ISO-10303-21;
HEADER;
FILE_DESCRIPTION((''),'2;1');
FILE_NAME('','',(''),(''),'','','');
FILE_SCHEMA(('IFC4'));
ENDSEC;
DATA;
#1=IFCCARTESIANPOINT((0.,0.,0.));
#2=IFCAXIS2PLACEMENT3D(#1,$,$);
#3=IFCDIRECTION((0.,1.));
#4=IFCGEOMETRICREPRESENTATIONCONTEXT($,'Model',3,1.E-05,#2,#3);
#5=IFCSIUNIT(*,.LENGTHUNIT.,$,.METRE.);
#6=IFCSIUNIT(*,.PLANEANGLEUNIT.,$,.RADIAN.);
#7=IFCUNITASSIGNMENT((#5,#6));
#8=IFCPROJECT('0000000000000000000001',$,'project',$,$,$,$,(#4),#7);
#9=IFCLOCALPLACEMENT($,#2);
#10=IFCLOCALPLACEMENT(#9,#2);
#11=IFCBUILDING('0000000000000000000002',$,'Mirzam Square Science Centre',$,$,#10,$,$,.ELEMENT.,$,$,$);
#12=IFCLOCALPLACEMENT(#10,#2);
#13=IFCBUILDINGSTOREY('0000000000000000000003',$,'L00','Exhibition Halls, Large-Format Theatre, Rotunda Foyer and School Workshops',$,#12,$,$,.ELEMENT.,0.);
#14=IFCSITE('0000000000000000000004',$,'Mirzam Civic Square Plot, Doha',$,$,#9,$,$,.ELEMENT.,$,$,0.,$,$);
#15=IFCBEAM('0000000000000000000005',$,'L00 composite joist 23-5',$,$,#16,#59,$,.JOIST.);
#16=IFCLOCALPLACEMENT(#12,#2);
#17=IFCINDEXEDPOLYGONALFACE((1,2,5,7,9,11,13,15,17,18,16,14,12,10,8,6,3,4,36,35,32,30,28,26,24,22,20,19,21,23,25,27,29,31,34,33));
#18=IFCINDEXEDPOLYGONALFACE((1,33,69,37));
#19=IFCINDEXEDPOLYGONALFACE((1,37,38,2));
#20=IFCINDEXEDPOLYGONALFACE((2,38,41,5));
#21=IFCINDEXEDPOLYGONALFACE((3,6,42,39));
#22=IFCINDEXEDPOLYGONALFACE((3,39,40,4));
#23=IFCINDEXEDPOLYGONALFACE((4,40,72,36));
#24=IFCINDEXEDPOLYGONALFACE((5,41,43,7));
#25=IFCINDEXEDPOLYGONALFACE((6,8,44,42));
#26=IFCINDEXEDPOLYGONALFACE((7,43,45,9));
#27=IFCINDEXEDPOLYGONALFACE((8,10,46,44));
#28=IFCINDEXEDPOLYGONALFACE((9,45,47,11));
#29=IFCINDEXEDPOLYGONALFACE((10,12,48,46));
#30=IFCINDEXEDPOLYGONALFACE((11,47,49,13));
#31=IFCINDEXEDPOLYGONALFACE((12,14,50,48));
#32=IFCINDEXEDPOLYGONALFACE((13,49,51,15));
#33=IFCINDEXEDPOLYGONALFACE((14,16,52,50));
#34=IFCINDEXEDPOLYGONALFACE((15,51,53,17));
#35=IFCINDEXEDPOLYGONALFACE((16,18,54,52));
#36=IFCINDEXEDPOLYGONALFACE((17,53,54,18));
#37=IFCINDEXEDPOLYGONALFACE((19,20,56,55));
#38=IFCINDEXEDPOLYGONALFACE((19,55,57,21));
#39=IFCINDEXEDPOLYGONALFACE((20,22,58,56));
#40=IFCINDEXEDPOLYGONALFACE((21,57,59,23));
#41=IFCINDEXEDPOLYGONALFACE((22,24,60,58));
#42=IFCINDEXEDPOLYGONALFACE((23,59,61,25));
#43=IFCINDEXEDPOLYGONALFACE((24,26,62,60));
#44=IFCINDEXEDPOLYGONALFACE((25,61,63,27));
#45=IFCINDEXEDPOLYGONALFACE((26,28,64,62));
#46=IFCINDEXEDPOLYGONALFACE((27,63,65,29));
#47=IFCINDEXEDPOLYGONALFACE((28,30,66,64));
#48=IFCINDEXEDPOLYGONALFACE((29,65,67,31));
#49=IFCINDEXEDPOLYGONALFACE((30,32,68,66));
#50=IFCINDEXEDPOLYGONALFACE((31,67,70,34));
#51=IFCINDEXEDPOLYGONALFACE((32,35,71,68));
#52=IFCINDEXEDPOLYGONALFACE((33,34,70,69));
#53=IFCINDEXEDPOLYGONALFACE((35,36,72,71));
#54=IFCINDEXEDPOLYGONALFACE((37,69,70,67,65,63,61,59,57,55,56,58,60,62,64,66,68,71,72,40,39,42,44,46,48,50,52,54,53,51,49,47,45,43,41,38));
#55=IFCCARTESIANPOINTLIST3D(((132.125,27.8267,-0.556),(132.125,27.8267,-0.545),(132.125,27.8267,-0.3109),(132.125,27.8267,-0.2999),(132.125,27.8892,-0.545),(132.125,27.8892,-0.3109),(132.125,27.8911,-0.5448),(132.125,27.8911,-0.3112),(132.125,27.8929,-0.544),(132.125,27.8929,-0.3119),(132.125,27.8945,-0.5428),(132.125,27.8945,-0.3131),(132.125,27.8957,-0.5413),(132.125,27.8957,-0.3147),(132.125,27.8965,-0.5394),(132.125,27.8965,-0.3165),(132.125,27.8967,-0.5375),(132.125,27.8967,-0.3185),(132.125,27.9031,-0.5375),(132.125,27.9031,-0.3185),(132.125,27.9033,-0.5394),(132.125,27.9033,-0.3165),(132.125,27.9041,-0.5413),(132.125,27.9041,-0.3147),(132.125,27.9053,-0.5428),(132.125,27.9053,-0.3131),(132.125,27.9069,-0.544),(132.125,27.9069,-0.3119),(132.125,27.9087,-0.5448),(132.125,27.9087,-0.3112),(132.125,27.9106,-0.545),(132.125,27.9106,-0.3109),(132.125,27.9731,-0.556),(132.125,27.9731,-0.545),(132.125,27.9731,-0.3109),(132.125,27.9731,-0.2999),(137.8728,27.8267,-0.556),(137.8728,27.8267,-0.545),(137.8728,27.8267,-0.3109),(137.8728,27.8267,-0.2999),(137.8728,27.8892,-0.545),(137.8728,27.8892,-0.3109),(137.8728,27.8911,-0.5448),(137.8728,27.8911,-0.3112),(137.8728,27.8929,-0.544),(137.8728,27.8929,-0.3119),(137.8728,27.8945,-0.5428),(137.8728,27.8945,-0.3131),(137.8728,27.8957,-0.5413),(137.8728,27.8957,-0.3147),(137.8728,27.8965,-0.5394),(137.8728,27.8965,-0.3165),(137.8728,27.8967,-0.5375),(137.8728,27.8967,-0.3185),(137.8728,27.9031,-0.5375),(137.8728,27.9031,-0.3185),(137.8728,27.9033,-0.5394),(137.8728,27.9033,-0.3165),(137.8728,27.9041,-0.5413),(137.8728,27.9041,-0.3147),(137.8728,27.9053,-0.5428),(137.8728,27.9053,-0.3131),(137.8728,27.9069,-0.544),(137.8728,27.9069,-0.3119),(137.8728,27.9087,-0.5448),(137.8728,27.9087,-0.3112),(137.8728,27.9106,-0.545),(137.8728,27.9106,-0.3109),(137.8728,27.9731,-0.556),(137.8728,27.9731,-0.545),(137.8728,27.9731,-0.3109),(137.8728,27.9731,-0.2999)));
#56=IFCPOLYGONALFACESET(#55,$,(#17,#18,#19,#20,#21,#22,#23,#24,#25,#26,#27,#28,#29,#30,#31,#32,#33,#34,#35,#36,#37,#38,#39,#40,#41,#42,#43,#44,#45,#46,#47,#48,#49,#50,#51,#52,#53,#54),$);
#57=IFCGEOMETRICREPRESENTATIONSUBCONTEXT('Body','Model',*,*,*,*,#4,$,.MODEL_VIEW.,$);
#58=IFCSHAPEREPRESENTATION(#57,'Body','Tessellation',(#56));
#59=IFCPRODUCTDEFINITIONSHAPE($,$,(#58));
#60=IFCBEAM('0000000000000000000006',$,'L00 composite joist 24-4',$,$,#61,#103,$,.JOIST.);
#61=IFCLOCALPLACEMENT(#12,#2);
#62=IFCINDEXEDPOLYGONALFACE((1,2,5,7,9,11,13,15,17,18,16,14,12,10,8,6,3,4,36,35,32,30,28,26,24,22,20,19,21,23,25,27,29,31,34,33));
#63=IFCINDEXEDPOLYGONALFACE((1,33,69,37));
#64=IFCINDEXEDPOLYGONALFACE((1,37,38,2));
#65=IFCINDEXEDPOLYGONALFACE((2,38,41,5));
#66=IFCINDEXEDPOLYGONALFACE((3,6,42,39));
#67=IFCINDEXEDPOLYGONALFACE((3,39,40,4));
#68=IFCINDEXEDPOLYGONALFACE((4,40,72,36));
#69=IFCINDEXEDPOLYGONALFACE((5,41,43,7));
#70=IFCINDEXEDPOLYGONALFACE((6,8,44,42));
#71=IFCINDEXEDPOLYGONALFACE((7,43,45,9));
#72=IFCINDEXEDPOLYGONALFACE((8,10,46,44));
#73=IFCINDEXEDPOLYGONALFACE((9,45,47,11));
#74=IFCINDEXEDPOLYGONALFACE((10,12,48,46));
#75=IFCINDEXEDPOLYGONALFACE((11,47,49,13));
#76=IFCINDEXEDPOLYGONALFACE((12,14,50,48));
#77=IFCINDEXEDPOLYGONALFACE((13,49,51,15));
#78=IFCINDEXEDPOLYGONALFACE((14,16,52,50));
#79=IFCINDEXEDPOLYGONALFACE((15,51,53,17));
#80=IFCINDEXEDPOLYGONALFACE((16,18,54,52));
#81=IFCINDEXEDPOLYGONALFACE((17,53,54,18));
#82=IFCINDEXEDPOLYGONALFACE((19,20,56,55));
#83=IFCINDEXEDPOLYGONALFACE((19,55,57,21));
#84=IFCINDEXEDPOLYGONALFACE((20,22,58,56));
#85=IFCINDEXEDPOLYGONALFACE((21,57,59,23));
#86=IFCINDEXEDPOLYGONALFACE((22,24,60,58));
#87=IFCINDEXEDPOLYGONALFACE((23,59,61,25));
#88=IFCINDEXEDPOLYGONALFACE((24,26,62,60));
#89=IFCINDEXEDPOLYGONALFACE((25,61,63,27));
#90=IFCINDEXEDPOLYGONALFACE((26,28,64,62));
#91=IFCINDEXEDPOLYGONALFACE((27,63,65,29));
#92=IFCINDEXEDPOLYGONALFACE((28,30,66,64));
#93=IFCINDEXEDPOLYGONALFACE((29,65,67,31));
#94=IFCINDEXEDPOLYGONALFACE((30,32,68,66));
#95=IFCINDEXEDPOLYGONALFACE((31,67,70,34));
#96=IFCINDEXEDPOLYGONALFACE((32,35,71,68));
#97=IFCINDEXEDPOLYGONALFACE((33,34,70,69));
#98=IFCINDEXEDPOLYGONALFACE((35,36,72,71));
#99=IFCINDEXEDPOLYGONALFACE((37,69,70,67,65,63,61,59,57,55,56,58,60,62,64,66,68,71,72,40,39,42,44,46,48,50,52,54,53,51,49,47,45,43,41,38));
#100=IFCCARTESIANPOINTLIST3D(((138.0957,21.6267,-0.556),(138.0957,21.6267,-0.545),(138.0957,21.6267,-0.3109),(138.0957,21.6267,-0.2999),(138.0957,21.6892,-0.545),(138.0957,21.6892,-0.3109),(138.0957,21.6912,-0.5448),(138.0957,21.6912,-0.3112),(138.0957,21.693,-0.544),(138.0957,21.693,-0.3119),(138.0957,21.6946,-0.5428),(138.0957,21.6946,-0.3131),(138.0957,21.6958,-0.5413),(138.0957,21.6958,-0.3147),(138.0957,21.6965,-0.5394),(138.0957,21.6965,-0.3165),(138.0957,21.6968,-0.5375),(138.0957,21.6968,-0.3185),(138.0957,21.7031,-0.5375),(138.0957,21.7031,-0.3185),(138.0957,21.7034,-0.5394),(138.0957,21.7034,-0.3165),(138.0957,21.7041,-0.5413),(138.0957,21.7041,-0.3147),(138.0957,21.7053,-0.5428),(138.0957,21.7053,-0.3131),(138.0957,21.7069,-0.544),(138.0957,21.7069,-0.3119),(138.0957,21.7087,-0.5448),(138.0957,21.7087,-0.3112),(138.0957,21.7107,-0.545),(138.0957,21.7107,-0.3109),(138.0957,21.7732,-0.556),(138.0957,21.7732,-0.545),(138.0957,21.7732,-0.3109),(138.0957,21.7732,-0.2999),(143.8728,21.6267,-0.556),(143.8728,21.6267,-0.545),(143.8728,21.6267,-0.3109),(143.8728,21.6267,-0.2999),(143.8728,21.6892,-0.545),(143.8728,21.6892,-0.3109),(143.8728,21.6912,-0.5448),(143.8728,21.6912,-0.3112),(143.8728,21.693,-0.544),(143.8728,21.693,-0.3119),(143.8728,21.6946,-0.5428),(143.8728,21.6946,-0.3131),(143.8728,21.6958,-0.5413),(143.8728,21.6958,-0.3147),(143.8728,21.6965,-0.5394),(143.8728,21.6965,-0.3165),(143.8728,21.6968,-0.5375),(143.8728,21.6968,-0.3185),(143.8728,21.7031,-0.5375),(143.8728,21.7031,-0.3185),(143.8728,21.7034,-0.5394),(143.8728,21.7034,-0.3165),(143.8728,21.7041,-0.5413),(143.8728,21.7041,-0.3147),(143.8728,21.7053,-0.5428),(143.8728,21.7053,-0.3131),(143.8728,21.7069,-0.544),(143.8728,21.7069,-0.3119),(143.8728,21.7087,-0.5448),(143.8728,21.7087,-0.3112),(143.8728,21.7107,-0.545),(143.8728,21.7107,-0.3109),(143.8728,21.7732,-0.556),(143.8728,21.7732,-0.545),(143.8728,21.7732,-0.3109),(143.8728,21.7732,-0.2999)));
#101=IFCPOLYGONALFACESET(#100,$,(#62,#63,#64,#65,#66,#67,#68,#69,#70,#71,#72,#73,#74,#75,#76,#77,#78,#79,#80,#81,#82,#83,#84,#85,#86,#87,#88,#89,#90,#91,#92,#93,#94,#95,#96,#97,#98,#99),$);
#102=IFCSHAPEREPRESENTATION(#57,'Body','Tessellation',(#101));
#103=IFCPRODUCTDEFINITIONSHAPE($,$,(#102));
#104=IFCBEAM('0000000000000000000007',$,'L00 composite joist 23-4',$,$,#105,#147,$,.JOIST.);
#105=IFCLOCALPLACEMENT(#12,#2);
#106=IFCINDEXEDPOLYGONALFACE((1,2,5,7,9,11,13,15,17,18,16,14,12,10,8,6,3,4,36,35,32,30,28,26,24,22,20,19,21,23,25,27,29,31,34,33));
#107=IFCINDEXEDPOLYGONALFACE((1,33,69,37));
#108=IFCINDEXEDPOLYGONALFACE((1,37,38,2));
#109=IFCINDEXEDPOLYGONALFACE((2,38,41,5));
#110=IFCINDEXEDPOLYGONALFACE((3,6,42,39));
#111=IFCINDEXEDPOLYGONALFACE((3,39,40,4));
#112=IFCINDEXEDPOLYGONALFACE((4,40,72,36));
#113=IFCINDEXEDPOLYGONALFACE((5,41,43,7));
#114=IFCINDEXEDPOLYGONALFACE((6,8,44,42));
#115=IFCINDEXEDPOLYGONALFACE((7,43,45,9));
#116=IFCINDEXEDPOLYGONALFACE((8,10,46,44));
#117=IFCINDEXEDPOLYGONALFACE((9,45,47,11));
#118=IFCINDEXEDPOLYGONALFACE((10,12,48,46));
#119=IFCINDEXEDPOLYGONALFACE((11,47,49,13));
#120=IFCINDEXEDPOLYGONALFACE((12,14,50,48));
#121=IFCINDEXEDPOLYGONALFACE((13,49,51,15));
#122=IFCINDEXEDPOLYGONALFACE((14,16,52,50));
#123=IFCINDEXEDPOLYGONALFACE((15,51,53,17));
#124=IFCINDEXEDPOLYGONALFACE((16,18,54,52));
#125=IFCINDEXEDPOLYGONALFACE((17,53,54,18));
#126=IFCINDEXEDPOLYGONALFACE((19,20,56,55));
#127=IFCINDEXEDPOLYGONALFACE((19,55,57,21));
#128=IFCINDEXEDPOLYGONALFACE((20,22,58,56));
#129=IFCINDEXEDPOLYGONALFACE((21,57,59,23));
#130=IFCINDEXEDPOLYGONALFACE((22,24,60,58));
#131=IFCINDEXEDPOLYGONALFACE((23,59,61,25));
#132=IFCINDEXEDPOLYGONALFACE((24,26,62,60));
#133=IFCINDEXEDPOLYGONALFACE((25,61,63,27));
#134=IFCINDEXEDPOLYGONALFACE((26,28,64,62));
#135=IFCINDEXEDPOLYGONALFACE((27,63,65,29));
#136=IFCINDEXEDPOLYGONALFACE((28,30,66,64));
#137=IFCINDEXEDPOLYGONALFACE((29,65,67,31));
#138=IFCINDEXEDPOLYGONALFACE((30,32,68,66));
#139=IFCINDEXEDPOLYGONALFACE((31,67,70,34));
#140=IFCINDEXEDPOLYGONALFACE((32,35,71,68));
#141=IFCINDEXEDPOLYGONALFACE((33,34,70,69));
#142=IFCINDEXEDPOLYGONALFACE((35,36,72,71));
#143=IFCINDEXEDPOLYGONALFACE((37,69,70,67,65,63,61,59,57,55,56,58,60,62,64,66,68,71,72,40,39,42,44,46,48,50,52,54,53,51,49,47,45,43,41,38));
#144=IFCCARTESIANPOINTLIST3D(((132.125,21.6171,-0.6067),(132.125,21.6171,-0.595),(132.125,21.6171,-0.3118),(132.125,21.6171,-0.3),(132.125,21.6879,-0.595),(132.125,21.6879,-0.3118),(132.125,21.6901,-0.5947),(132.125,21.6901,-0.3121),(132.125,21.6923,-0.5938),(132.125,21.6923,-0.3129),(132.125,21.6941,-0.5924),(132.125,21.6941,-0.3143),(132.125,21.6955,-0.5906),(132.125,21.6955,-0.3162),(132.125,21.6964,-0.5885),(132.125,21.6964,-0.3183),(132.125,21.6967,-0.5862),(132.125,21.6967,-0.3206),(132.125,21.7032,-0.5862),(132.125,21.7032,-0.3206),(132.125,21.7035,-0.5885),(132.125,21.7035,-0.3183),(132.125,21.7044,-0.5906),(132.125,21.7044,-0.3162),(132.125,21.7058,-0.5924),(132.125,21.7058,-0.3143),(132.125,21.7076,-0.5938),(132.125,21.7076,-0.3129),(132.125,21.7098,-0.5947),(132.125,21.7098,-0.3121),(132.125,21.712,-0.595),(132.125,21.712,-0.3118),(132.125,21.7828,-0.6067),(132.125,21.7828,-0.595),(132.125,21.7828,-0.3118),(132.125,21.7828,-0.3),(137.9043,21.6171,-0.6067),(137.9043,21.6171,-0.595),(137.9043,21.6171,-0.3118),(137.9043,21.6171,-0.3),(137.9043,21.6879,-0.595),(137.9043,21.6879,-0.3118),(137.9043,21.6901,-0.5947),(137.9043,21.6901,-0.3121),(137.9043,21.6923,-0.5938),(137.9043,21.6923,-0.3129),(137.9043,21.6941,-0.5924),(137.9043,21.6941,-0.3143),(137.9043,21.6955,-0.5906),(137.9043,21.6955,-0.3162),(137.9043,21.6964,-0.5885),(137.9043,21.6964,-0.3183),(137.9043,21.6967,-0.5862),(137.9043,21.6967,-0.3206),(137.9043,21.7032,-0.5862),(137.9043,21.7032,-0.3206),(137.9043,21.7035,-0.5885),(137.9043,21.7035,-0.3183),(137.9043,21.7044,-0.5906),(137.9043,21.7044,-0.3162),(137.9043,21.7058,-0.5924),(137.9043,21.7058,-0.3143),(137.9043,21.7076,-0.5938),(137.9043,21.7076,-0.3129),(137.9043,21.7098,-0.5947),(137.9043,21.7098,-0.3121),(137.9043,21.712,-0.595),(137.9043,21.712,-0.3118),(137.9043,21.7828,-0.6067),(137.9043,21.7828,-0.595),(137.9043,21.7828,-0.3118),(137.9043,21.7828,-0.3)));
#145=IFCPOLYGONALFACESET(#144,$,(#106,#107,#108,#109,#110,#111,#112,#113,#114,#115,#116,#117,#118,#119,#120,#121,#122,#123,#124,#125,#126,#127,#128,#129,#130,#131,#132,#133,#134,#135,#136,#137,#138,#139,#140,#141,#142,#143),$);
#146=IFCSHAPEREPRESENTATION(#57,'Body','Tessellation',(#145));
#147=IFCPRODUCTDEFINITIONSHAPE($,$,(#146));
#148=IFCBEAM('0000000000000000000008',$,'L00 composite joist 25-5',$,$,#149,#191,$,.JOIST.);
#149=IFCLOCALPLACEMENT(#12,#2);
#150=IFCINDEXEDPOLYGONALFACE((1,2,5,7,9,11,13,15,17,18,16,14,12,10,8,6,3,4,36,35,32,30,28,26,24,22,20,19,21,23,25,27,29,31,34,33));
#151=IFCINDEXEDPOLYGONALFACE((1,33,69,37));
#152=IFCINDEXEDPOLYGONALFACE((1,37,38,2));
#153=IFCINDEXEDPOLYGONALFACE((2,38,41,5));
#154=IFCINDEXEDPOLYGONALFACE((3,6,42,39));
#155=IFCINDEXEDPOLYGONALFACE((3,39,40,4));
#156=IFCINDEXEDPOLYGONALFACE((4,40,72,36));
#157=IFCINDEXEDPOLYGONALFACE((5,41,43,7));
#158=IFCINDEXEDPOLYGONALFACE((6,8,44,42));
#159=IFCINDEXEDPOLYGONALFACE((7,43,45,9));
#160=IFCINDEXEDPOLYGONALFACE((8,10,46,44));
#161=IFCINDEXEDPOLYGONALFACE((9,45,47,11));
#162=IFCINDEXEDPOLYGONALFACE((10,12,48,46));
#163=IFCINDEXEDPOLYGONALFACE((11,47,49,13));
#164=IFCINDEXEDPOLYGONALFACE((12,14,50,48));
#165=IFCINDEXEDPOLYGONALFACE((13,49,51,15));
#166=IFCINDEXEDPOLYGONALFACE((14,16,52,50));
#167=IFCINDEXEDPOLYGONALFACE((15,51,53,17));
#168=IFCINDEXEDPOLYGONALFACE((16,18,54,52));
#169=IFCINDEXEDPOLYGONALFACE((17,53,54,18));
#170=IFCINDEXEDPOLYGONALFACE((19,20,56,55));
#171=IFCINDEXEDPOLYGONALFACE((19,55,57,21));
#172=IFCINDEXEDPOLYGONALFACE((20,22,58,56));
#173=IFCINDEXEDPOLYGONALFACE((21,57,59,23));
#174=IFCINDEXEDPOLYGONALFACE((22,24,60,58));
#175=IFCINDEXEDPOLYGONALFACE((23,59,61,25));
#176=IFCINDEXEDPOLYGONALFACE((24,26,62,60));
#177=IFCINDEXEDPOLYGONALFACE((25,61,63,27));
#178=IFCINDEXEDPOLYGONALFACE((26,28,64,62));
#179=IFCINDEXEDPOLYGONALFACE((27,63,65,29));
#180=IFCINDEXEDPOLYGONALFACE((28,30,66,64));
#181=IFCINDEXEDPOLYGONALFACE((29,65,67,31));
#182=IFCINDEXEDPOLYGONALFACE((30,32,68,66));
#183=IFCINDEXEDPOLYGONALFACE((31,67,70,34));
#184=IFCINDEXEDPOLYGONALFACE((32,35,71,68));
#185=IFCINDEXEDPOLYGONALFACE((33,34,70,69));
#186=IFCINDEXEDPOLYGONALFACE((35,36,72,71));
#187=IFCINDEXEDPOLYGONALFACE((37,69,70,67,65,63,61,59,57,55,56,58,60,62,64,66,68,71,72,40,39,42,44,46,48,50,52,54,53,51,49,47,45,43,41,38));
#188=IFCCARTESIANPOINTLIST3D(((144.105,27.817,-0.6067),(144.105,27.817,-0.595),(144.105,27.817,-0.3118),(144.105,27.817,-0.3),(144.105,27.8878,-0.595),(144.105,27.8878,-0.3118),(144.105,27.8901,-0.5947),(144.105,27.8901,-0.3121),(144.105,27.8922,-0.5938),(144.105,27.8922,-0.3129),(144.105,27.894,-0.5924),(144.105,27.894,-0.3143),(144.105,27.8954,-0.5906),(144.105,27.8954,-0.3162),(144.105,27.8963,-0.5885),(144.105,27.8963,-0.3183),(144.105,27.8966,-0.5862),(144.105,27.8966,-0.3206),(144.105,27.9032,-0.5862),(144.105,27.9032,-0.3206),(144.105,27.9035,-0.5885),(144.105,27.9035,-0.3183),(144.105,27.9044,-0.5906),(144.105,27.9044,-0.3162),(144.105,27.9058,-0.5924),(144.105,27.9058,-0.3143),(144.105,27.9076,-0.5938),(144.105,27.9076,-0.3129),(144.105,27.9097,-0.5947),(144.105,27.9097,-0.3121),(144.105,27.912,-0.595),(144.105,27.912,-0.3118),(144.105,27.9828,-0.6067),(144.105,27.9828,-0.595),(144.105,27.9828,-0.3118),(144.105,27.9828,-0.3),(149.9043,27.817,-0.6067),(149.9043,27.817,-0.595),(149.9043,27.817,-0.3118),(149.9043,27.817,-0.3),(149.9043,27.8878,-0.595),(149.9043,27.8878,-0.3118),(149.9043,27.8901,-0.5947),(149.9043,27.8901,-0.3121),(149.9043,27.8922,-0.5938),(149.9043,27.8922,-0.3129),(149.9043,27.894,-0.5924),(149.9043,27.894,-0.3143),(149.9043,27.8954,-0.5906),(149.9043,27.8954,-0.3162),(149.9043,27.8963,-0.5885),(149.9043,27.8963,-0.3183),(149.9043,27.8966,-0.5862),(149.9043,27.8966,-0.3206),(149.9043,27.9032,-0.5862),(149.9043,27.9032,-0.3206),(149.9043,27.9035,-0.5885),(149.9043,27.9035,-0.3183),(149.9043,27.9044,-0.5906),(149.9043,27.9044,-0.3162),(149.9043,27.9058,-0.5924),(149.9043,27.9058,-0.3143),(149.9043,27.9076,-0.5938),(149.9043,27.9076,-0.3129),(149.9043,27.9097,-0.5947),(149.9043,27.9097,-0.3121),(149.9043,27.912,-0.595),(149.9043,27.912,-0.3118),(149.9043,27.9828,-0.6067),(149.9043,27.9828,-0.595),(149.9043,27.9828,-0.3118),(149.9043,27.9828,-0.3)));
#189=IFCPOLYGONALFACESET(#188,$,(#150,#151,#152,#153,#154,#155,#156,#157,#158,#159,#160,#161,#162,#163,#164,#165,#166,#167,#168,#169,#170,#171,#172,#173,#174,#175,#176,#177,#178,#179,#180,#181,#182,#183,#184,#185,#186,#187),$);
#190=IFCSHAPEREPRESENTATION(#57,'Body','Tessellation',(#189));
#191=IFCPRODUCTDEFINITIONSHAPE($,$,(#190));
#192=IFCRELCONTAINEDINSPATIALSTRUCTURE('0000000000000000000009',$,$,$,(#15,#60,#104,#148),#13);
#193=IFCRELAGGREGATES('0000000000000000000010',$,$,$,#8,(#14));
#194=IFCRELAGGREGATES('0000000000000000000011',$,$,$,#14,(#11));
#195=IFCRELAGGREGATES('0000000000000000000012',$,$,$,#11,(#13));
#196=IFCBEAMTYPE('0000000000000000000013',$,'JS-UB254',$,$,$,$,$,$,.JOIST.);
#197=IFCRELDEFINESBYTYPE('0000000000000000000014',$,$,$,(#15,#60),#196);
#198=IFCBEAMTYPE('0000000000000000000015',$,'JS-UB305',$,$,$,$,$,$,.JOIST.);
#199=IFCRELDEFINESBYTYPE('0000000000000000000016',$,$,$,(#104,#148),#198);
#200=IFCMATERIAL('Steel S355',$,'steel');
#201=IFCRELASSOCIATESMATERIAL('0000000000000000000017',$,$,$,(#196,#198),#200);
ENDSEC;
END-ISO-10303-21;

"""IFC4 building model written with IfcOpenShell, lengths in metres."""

from ifc_helpers import new_model, si_unit, direction, frame, origin, origin_2d, place, context, subcontext, project, spatial, i_section, extrude, material, material_profile, profile_set, type_object, element, save


model = new_model("IFC4")

# Units and contexts
model_context = context("Model", 3, precision=1e-05, world=origin(), true_north=direction((0.0, 1.0)))
body_context = subcontext(model_context, "Body", "Model", "MODEL_VIEW")
ifc_project = project(units=[si_unit("LENGTHUNIT", "METRE"), si_unit("PLANEANGLEUNIT", "RADIAN")], contexts=[model_context])

# Site, building, storey
site_placement = place(None, origin())
site = spatial("IfcSite", under=ifc_project, at=site_placement, Name="Mirzam Civic Square Plot, Doha", CompositionType="ELEMENT", RefElevation=0.0)
building_placement = place(site_placement, origin())
building = spatial("IfcBuilding", under=site, at=building_placement, Name="Mirzam Square Science Centre", CompositionType="ELEMENT")
storey_placement = place(building_placement, origin())
storey = spatial("IfcBuildingStorey", under=building, at=storey_placement, Name="L00", Description="Exhibition Halls, Large-Format Theatre, Rotunda Foyer and School Workshops", CompositionType="ELEMENT", Elevation=0.0)

# Shared definitions
ifc_material_1 = material(Name="Steel S355", Category="steel")

# Beams
ifc_material_profile_1 = material_profile(ifc_material_1, i_section(OverallWidth=0.1465, OverallDepth=0.2561, WebThickness=0.0063, FlangeThickness=0.011, FilletRadius=0.0076, at=origin_2d()), Name="254x146x37UB")
ifc_profile_set_1 = profile_set([ifc_material_profile_1], Name="Steel S355")
beam_type_1 = type_object("IfcBeamType", Name="JS-UB254", PredefinedType="JOIST", material=ifc_profile_set_1)
beam_1_placement = place(storey_placement, frame((132.125, 27.8999, -0.428), z_axis=(1.0, 0.0, 0.0), x_axis=(0.0, 1.0, 0.0)))
element("IfcBeam", 1, at=beam_1_placement, inside=storey, type_object=beam_type_1, Name="L00 composite joist 23-5", PredefinedType="JOIST", context=body_context, shape_type="SweptSolid", body=[
    extrude(i_section(OverallWidth=0.1465, OverallDepth=0.2561, WebThickness=0.0063, FlangeThickness=0.011, FilletRadius=0.0076, at=origin_2d()), origin(), (0.0, 0.0, 1.0), 5.7478),
])
beam_2_placement = place(storey_placement, frame((138.0957, 21.7, -0.428), z_axis=(1.0, 0.0, 0.0), x_axis=(0.0, 1.0, 0.0)))
element("IfcBeam", 2, at=beam_2_placement, inside=storey, type_object=beam_type_1, Name="L00 composite joist 24-4", PredefinedType="JOIST", context=body_context, shape_type="SweptSolid", body=[
    extrude(i_section(OverallWidth=0.1465, OverallDepth=0.2561, WebThickness=0.0063, FlangeThickness=0.011, FilletRadius=0.0076, at=origin_2d()), origin(), (0.0, 0.0, 1.0), 5.7771),
])
ifc_material_profile_2 = material_profile(ifc_material_1, i_section(OverallWidth=0.1658, OverallDepth=0.3066, WebThickness=0.0066, FlangeThickness=0.0117, FilletRadius=0.0088, at=origin_2d()), Name="305x165x46UB")
ifc_profile_set_2 = profile_set([ifc_material_profile_2], Name="Steel S355")
beam_type_2 = type_object("IfcBeamType", Name="JS-UB305", PredefinedType="JOIST", material=ifc_profile_set_2)
beam_3_placement = place(storey_placement, frame((132.125, 21.7, -0.4534), z_axis=(1.0, 0.0, 0.0), x_axis=(0.0, 1.0, 0.0)))
element("IfcBeam", 3, at=beam_3_placement, inside=storey, type_object=beam_type_2, Name="L00 composite joist 23-4", PredefinedType="JOIST", context=body_context, shape_type="SweptSolid", body=[
    extrude(i_section(OverallWidth=0.1658, OverallDepth=0.3066, WebThickness=0.0066, FlangeThickness=0.0117, FilletRadius=0.0088, at=origin_2d()), origin(), (0.0, 0.0, 1.0), 5.7793),
])
beam_4_placement = place(storey_placement, frame((144.105, 27.8999, -0.4534), z_axis=(1.0, 0.0, 0.0), x_axis=(0.0, 1.0, 0.0)))
element("IfcBeam", 4, at=beam_4_placement, inside=storey, type_object=beam_type_2, Name="L00 composite joist 25-5", PredefinedType="JOIST", context=body_context, shape_type="SweptSolid", body=[
    extrude(i_section(OverallWidth=0.1658, OverallDepth=0.3066, WebThickness=0.0066, FlangeThickness=0.0117, FilletRadius=0.0088, at=origin_2d()), origin(), (0.0, 0.0, 1.0), 5.7993),
])

save(model, "model.ifc")
